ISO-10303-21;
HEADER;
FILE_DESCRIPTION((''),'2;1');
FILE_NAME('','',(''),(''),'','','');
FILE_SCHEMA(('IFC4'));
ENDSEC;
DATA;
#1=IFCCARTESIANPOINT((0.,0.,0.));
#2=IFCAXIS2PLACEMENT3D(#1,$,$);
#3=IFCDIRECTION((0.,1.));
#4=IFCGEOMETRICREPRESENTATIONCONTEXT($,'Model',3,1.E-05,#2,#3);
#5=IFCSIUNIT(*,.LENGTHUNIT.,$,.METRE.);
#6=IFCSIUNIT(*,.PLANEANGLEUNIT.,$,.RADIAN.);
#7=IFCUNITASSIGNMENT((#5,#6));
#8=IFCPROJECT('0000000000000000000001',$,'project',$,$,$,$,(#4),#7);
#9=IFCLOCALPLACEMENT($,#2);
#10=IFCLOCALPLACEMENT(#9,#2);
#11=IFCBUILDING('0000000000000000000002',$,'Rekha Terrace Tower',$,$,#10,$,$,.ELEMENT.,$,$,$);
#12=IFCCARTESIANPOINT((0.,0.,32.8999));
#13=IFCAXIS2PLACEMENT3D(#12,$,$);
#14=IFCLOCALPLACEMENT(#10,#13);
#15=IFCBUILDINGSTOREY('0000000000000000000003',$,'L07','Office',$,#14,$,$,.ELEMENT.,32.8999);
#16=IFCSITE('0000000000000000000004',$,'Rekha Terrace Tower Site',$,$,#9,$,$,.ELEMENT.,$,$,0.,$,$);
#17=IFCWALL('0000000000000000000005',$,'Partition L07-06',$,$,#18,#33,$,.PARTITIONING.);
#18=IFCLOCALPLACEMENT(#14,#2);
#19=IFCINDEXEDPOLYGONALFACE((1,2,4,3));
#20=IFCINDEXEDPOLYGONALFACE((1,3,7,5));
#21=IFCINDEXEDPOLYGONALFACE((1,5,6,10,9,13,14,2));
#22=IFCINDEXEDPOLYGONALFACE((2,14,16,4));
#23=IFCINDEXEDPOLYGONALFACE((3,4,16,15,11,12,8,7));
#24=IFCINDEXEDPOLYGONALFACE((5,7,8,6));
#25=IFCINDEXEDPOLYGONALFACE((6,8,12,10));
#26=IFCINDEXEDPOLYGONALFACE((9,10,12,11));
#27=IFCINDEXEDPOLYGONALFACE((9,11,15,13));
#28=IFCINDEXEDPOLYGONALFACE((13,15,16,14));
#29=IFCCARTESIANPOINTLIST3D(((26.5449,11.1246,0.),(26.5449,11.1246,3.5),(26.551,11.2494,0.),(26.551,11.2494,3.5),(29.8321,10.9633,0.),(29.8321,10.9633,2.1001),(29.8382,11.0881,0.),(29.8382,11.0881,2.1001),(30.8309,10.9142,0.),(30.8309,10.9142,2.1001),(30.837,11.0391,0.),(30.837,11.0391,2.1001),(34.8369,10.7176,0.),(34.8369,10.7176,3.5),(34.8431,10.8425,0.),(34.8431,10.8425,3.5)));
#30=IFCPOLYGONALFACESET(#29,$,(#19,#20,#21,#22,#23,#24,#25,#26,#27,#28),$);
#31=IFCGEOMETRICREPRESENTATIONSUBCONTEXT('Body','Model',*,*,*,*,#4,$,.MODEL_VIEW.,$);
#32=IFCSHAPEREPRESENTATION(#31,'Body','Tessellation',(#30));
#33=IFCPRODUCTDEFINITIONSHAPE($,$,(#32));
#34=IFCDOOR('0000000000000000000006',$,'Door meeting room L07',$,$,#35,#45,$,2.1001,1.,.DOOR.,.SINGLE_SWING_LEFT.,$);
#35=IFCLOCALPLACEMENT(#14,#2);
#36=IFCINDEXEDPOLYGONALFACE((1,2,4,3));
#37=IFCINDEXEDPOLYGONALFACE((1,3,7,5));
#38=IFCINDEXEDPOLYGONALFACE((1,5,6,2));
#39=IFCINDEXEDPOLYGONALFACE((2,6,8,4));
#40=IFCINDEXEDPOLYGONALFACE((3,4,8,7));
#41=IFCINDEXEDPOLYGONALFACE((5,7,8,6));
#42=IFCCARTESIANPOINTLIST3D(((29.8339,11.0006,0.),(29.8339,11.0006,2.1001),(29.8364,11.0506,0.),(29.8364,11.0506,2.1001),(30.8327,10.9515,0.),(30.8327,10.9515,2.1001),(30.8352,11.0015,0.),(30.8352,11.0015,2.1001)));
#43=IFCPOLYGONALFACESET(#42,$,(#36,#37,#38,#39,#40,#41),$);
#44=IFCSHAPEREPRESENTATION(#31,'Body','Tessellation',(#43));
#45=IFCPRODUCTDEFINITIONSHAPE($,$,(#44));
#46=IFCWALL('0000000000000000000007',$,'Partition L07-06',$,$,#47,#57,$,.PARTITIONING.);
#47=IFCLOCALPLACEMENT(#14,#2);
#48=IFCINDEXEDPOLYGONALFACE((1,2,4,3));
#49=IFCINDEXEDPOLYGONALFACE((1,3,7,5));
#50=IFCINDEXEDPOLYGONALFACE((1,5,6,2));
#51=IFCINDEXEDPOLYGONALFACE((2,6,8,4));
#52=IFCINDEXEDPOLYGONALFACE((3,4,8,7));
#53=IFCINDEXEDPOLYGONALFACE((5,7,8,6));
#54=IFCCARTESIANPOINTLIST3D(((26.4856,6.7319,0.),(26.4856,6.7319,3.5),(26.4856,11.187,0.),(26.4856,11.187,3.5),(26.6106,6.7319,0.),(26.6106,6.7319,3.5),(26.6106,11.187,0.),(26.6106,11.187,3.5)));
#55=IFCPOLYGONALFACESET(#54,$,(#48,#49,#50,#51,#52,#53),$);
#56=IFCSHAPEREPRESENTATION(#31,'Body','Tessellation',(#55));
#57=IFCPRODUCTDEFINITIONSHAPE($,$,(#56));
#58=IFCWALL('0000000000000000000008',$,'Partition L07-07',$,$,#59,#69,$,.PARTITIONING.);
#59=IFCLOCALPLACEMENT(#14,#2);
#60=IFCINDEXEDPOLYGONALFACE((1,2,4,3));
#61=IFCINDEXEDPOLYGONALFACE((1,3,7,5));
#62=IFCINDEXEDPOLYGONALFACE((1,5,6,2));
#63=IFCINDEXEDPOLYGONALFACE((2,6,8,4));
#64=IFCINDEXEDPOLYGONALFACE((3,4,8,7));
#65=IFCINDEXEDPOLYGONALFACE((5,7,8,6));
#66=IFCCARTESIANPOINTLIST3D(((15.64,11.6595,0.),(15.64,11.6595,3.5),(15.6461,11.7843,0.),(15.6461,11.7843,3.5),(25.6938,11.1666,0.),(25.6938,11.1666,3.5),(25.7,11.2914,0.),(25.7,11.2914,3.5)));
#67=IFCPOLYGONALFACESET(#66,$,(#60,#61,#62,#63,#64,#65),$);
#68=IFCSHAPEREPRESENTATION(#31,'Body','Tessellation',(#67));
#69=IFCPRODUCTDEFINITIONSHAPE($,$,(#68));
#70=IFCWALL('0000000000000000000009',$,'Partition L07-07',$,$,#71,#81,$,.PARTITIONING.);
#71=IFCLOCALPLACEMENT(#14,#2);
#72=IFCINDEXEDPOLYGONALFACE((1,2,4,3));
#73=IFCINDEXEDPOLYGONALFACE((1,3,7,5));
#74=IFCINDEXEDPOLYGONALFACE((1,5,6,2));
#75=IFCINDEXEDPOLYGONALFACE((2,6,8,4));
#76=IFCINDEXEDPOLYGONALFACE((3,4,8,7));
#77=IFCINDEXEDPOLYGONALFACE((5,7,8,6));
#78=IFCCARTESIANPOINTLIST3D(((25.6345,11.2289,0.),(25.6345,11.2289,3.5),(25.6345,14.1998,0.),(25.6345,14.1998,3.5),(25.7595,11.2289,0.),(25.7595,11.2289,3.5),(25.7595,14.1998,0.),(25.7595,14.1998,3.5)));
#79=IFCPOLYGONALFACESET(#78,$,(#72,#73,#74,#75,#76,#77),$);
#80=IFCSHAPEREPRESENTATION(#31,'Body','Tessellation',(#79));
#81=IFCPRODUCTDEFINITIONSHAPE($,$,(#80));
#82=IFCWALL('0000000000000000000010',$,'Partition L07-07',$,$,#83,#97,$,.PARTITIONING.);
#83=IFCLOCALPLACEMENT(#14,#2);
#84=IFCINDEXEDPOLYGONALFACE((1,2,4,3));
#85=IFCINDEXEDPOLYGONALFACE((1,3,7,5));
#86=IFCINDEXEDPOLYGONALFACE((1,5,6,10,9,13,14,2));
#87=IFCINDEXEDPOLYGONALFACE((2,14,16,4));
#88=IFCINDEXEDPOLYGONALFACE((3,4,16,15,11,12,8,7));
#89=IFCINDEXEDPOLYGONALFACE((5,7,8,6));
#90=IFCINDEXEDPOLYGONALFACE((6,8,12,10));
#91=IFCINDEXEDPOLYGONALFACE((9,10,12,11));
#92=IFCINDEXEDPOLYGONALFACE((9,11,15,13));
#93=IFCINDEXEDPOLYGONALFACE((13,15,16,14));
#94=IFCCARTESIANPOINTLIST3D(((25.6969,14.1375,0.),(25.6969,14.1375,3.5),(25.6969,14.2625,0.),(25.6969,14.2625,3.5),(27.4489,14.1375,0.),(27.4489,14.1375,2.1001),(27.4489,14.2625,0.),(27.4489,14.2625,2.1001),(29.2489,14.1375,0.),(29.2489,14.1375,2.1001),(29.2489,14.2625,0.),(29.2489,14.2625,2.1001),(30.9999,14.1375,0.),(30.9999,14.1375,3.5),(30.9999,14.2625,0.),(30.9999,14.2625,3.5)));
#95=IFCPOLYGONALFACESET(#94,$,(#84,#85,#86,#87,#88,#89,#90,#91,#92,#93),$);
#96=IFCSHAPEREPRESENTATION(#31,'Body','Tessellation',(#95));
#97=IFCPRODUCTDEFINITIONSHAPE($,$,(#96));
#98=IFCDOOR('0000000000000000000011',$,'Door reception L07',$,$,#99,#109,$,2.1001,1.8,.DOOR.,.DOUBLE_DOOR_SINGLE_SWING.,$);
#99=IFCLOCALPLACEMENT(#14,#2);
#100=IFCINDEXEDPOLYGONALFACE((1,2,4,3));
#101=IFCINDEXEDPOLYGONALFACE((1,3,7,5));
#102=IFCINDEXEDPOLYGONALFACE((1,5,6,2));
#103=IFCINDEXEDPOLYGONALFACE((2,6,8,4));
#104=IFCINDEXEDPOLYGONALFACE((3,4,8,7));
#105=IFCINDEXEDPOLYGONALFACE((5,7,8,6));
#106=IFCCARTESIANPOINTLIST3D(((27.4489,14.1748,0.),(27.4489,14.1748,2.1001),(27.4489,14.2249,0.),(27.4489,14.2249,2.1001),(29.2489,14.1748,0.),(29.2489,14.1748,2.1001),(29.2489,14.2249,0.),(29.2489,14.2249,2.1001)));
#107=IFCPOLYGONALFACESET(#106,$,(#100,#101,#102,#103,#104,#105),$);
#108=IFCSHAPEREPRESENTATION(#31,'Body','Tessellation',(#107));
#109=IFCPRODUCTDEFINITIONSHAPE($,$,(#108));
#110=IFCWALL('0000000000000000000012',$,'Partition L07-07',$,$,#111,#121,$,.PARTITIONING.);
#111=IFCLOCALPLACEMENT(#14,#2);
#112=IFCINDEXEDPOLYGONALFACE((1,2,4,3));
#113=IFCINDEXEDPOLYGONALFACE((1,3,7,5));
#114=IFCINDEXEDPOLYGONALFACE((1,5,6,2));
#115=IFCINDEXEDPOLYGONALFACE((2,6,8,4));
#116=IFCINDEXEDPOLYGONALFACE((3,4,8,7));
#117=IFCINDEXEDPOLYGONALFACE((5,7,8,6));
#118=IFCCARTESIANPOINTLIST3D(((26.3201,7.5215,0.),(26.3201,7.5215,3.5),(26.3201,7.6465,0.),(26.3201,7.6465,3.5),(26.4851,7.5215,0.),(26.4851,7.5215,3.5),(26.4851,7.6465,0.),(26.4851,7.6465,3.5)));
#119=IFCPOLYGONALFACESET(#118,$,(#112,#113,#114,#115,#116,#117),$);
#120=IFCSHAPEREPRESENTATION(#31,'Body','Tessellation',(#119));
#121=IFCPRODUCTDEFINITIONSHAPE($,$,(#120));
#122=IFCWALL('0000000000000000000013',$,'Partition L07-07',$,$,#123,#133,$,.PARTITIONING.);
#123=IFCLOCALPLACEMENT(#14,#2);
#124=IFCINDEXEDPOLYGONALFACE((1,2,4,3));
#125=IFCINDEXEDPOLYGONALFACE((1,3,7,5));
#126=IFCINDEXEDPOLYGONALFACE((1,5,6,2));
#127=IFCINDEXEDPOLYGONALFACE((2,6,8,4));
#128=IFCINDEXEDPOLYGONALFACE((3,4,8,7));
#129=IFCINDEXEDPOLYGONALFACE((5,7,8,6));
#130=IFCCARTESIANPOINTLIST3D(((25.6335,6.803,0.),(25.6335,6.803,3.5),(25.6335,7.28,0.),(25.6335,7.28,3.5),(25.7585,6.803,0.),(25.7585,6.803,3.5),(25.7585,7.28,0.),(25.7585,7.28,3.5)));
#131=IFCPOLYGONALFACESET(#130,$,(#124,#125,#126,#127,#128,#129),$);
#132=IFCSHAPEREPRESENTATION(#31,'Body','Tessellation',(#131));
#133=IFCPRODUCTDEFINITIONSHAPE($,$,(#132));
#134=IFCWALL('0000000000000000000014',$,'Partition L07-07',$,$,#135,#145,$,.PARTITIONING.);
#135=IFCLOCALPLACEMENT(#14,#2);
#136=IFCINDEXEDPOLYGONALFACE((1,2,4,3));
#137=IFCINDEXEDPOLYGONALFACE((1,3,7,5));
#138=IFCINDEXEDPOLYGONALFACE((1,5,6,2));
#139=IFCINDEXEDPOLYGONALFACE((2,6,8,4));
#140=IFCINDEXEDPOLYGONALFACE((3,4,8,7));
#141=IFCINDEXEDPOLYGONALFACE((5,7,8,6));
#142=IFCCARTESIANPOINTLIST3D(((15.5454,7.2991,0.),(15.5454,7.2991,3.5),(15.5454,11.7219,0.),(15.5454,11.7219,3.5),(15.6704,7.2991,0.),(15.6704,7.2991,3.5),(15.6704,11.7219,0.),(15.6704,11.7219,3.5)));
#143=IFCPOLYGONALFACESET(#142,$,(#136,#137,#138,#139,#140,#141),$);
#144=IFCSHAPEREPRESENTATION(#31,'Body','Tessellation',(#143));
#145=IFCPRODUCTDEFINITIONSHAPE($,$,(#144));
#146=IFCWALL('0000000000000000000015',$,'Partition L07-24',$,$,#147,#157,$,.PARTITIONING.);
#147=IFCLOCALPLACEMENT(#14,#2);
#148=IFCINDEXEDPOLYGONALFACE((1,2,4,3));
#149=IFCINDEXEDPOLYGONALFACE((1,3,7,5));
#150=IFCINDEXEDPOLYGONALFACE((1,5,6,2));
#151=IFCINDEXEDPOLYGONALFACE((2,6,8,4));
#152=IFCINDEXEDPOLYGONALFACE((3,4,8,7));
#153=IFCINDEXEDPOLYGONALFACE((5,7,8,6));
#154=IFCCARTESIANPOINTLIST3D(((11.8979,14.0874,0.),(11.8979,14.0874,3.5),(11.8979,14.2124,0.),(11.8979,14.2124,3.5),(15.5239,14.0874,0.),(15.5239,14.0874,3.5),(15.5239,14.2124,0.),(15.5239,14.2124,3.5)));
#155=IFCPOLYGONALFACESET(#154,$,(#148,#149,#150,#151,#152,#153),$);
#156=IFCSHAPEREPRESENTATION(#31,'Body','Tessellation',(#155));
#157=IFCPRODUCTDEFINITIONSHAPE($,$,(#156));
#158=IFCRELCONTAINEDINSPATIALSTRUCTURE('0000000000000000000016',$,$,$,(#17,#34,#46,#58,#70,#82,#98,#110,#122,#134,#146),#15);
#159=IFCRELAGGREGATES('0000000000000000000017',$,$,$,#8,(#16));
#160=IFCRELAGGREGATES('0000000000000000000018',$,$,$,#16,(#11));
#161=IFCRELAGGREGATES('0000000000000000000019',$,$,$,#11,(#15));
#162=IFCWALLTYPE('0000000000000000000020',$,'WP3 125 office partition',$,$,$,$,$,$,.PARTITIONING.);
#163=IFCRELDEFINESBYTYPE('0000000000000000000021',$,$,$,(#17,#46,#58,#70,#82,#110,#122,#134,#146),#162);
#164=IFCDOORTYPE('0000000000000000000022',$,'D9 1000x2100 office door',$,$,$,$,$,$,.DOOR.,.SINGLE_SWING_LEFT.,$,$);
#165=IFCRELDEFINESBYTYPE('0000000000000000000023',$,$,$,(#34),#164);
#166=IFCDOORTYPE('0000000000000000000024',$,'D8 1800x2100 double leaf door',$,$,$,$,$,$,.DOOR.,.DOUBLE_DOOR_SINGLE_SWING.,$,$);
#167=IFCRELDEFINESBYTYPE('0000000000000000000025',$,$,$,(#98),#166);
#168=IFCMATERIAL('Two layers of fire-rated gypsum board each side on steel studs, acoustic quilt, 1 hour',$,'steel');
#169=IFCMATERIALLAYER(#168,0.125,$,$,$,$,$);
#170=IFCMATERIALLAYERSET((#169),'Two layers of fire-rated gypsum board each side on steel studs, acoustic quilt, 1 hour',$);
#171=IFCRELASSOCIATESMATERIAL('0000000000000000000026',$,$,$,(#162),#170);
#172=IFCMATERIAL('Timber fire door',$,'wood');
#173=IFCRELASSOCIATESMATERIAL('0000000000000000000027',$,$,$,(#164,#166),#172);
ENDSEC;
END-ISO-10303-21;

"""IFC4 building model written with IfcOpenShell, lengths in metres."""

from ifc_helpers import new_model, si_unit, direction, frame, frame_2d, origin, place, context, subcontext, project, spatial, rectangle, extrude, material, layer, layer_set, type_object, element, fill, save


model = new_model("IFC4")

# Units and contexts
model_context = context("Model", 3, precision=1e-05, world=origin(), true_north=direction((0.0, 1.0)))
body_context = subcontext(model_context, "Body", "Model", "MODEL_VIEW")
ifc_project = project(units=[si_unit("LENGTHUNIT", "METRE"), si_unit("PLANEANGLEUNIT", "RADIAN")], contexts=[model_context])

# Site, building, storey
site_placement = place(None, origin())
site = spatial("IfcSite", under=ifc_project, at=site_placement, Name="Rekha Terrace Tower Site", CompositionType="ELEMENT", RefElevation=0.0)
building_placement = place(site_placement, origin())
building = spatial("IfcBuilding", under=site, at=building_placement, Name="Rekha Terrace Tower", CompositionType="ELEMENT")
storey_placement = place(building_placement, frame((0.0, 0.0, 32.8999)))
storey = spatial("IfcBuildingStorey", under=building, at=storey_placement, Name="L07", Description="Office", CompositionType="ELEMENT", Elevation=32.8999)

# Wall, opening, door
ifc_material_1 = material(Name="Two layers of fire-rated gypsum board each side on steel studs, acoustic quilt, 1 hour", Category="steel")
ifc_layer_1 = layer(ifc_material_1, 0.125)
ifc_layer_set_1 = layer_set([ifc_layer_1], Name="Two layers of fire-rated gypsum board each side on steel studs, acoustic quilt, 1 hour")
wall_type_1 = type_object("IfcWallType", Name="WP3 125 office partition", PredefinedType="PARTITIONING", material=ifc_layer_set_1)
wall_1_placement = place(storey_placement, frame((26.5481, 11.187, 0.0), z_axis=(0.0, 0.0, 1.0), x_axis=(0.998798, -0.049022, 0.0)))
wall_1 = element("IfcWall", 1, at=wall_1_placement, inside=storey, type_object=wall_type_1, Name="Partition L07-06", PredefinedType="PARTITIONING", context=body_context, shape_type="SweptSolid", body=[
    extrude(rectangle(XDim=8.302, YDim=0.125, at=frame_2d((4.1509, 0.0))), origin(), (0.0, 0.0, 1.0), 3.5),
])
opening_1_placement = place(wall_1_placement, frame((3.291, 0.0, 0.0)))
opening_1 = element("IfcOpeningElement", 2, at=opening_1_placement, cuts=wall_1, PredefinedType="OPENING", context=body_context, shape_type="SweptSolid", body=[
    extrude(rectangle(XDim=1.0, YDim=2.1001, at=frame_2d((0.5, 1.05))), frame((0.0, 0.0725, 0.0), z_axis=(0.0, -1.0, 0.0), x_axis=(1.0, 0.0, 0.0)), (0.0, 0.0, 1.0), 0.145),
])
ifc_material_2 = material(Name="Timber fire door", Category="wood")
door_type_1 = type_object("IfcDoorType", Name="D9 1000x2100 office door", OperationType="SINGLE_SWING_LEFT", PredefinedType="DOOR", material=ifc_material_2)
door_1_placement = place(opening_1_placement, origin())
door_1 = element("IfcDoor", 3, at=door_1_placement, inside=storey, type_object=door_type_1, Name="Door meeting room L07", OperationType="SINGLE_SWING_LEFT", OverallHeight=2.1001, OverallWidth=1.0, PredefinedType="DOOR", context=body_context, shape_type="SweptSolid", body=[
    extrude(rectangle(XDim=1.0, YDim=2.1001, at=frame_2d((0.5, 1.05))), frame((0.0, 0.0249, 0.0), z_axis=(0.0, -1.0, 0.0), x_axis=(1.0, 0.0, 0.0)), (0.0, 0.0, 1.0), 0.05),
])
fill(opening_1, door_1)

# Walls
wall_2_placement = place(storey_placement, frame((26.5481, 6.7319, 0.0), z_axis=(0.0, 0.0, 1.0), x_axis=(0.0, 1.0, 0.0)))
element("IfcWall", 4, at=wall_2_placement, inside=storey, type_object=wall_type_1, Name="Partition L07-06", PredefinedType="PARTITIONING", context=body_context, shape_type="SweptSolid", body=[
    extrude(rectangle(XDim=4.4551, YDim=0.125, at=frame_2d((2.2275, 0.0))), origin(), (0.0, 0.0, 1.0), 3.5),
])
wall_3_placement = place(storey_placement, frame((15.6431, 11.7219, 0.0), z_axis=(0.0, 0.0, 1.0), x_axis=(0.9988, -0.048969, 0.0)))
element("IfcWall", 5, at=wall_3_placement, inside=storey, type_object=wall_type_1, Name="Partition L07-07", PredefinedType="PARTITIONING", context=body_context, shape_type="SweptSolid", body=[
    extrude(rectangle(XDim=10.0659, YDim=0.125, at=frame_2d((5.033, 0.0))), origin(), (0.0, 0.0, 1.0), 3.5),
])
wall_4_placement = place(storey_placement, frame((25.697, 11.229, 0.0), z_axis=(0.0, 0.0, 1.0), x_axis=(0.0, 1.0, 0.0)))
element("IfcWall", 6, at=wall_4_placement, inside=storey, type_object=wall_type_1, Name="Partition L07-07", PredefinedType="PARTITIONING", context=body_context, shape_type="SweptSolid", body=[
    extrude(rectangle(XDim=2.9709, YDim=0.125, at=frame_2d((1.4854, 0.0))), origin(), (0.0, 0.0, 1.0), 3.5),
])

# Wall, opening, door
wall_5_placement = place(storey_placement, frame((25.697, 14.2, 0.0), z_axis=(0.0, 0.0, 1.0), x_axis=(1.0, 0.0, 0.0)))
wall_5 = element("IfcWall", 7, at=wall_5_placement, inside=storey, type_object=wall_type_1, Name="Partition L07-07", PredefinedType="PARTITIONING", context=body_context, shape_type="SweptSolid", body=[
    extrude(rectangle(XDim=5.303, YDim=0.125, at=frame_2d((2.6514, 0.0))), origin(), (0.0, 0.0, 1.0), 3.5),
])
opening_2_placement = place(wall_5_placement, frame((1.752, 0.0, 0.0)))
opening_2 = element("IfcOpeningElement", 8, at=opening_2_placement, cuts=wall_5, PredefinedType="OPENING", context=body_context, shape_type="SweptSolid", body=[
    extrude(rectangle(XDim=1.8, YDim=2.1001, at=frame_2d((0.8999, 1.05))), frame((0.0, 0.0725, 0.0), z_axis=(0.0, -1.0, 0.0), x_axis=(1.0, 0.0, 0.0)), (0.0, 0.0, 1.0), 0.145),
])
door_type_2 = type_object("IfcDoorType", Name="D8 1800x2100 double leaf door", OperationType="DOUBLE_DOOR_SINGLE_SWING", PredefinedType="DOOR", material=ifc_material_2)
door_2_placement = place(opening_2_placement, origin())
door_2 = element("IfcDoor", 9, at=door_2_placement, inside=storey, type_object=door_type_2, Name="Door reception L07", OperationType="DOUBLE_DOOR_SINGLE_SWING", OverallHeight=2.1001, OverallWidth=1.8, PredefinedType="DOOR", context=body_context, shape_type="SweptSolid", body=[
    extrude(rectangle(XDim=1.8, YDim=2.1001, at=frame_2d((0.8999, 1.05))), frame((0.0, 0.0249, 0.0), z_axis=(0.0, -1.0, 0.0), x_axis=(1.0, 0.0, 0.0)), (0.0, 0.0, 1.0), 0.05),
])
fill(opening_2, door_2)

# Walls
wall_6_placement = place(storey_placement, frame((26.4851, 7.584, 0.0), z_axis=(0.0, 0.0, 1.0), x_axis=(-1.0, 0.0, 0.0)))
element("IfcWall", 10, at=wall_6_placement, inside=storey, type_object=wall_type_1, Name="Partition L07-07", PredefinedType="PARTITIONING", context=body_context, shape_type="SweptSolid", body=[
    extrude(rectangle(XDim=0.165, YDim=0.125, at=frame_2d((0.0825, 0.0))), origin(), (0.0, 0.0, 1.0), 3.5),
])
wall_7_placement = place(storey_placement, frame((25.696, 7.28, 0.0), z_axis=(0.0, 0.0, 1.0), x_axis=(0.0, -1.0, 0.0)))
element("IfcWall", 11, at=wall_7_placement, inside=storey, type_object=wall_type_1, Name="Partition L07-07", PredefinedType="PARTITIONING", context=body_context, shape_type="SweptSolid", body=[
    extrude(rectangle(XDim=0.4771, YDim=0.125, at=frame_2d((0.2385, 0.0))), origin(), (0.0, 0.0, 1.0), 3.5),
])
wall_8_placement = place(storey_placement, frame((15.6079, 7.2991, 0.0), z_axis=(0.0, 0.0, 1.0), x_axis=(0.0, 1.0, 0.0)))
element("IfcWall", 12, at=wall_8_placement, inside=storey, type_object=wall_type_1, Name="Partition L07-07", PredefinedType="PARTITIONING", context=body_context, shape_type="SweptSolid", body=[
    extrude(rectangle(XDim=4.4229, YDim=0.125, at=frame_2d((2.2114, 0.0))), origin(), (0.0, 0.0, 1.0), 3.5),
])
wall_9_placement = place(storey_placement, frame((15.5239, 14.1499, 0.0), z_axis=(0.0, 0.0, 1.0), x_axis=(-1.0, 0.0, 0.0)))
element("IfcWall", 13, at=wall_9_placement, inside=storey, type_object=wall_type_1, Name="Partition L07-24", PredefinedType="PARTITIONING", context=body_context, shape_type="SweptSolid", body=[
    extrude(rectangle(XDim=3.626, YDim=0.125, at=frame_2d((1.813, 0.0))), origin(), (0.0, 0.0, 1.0), 3.5),
])

save(model, "model.ifc")
